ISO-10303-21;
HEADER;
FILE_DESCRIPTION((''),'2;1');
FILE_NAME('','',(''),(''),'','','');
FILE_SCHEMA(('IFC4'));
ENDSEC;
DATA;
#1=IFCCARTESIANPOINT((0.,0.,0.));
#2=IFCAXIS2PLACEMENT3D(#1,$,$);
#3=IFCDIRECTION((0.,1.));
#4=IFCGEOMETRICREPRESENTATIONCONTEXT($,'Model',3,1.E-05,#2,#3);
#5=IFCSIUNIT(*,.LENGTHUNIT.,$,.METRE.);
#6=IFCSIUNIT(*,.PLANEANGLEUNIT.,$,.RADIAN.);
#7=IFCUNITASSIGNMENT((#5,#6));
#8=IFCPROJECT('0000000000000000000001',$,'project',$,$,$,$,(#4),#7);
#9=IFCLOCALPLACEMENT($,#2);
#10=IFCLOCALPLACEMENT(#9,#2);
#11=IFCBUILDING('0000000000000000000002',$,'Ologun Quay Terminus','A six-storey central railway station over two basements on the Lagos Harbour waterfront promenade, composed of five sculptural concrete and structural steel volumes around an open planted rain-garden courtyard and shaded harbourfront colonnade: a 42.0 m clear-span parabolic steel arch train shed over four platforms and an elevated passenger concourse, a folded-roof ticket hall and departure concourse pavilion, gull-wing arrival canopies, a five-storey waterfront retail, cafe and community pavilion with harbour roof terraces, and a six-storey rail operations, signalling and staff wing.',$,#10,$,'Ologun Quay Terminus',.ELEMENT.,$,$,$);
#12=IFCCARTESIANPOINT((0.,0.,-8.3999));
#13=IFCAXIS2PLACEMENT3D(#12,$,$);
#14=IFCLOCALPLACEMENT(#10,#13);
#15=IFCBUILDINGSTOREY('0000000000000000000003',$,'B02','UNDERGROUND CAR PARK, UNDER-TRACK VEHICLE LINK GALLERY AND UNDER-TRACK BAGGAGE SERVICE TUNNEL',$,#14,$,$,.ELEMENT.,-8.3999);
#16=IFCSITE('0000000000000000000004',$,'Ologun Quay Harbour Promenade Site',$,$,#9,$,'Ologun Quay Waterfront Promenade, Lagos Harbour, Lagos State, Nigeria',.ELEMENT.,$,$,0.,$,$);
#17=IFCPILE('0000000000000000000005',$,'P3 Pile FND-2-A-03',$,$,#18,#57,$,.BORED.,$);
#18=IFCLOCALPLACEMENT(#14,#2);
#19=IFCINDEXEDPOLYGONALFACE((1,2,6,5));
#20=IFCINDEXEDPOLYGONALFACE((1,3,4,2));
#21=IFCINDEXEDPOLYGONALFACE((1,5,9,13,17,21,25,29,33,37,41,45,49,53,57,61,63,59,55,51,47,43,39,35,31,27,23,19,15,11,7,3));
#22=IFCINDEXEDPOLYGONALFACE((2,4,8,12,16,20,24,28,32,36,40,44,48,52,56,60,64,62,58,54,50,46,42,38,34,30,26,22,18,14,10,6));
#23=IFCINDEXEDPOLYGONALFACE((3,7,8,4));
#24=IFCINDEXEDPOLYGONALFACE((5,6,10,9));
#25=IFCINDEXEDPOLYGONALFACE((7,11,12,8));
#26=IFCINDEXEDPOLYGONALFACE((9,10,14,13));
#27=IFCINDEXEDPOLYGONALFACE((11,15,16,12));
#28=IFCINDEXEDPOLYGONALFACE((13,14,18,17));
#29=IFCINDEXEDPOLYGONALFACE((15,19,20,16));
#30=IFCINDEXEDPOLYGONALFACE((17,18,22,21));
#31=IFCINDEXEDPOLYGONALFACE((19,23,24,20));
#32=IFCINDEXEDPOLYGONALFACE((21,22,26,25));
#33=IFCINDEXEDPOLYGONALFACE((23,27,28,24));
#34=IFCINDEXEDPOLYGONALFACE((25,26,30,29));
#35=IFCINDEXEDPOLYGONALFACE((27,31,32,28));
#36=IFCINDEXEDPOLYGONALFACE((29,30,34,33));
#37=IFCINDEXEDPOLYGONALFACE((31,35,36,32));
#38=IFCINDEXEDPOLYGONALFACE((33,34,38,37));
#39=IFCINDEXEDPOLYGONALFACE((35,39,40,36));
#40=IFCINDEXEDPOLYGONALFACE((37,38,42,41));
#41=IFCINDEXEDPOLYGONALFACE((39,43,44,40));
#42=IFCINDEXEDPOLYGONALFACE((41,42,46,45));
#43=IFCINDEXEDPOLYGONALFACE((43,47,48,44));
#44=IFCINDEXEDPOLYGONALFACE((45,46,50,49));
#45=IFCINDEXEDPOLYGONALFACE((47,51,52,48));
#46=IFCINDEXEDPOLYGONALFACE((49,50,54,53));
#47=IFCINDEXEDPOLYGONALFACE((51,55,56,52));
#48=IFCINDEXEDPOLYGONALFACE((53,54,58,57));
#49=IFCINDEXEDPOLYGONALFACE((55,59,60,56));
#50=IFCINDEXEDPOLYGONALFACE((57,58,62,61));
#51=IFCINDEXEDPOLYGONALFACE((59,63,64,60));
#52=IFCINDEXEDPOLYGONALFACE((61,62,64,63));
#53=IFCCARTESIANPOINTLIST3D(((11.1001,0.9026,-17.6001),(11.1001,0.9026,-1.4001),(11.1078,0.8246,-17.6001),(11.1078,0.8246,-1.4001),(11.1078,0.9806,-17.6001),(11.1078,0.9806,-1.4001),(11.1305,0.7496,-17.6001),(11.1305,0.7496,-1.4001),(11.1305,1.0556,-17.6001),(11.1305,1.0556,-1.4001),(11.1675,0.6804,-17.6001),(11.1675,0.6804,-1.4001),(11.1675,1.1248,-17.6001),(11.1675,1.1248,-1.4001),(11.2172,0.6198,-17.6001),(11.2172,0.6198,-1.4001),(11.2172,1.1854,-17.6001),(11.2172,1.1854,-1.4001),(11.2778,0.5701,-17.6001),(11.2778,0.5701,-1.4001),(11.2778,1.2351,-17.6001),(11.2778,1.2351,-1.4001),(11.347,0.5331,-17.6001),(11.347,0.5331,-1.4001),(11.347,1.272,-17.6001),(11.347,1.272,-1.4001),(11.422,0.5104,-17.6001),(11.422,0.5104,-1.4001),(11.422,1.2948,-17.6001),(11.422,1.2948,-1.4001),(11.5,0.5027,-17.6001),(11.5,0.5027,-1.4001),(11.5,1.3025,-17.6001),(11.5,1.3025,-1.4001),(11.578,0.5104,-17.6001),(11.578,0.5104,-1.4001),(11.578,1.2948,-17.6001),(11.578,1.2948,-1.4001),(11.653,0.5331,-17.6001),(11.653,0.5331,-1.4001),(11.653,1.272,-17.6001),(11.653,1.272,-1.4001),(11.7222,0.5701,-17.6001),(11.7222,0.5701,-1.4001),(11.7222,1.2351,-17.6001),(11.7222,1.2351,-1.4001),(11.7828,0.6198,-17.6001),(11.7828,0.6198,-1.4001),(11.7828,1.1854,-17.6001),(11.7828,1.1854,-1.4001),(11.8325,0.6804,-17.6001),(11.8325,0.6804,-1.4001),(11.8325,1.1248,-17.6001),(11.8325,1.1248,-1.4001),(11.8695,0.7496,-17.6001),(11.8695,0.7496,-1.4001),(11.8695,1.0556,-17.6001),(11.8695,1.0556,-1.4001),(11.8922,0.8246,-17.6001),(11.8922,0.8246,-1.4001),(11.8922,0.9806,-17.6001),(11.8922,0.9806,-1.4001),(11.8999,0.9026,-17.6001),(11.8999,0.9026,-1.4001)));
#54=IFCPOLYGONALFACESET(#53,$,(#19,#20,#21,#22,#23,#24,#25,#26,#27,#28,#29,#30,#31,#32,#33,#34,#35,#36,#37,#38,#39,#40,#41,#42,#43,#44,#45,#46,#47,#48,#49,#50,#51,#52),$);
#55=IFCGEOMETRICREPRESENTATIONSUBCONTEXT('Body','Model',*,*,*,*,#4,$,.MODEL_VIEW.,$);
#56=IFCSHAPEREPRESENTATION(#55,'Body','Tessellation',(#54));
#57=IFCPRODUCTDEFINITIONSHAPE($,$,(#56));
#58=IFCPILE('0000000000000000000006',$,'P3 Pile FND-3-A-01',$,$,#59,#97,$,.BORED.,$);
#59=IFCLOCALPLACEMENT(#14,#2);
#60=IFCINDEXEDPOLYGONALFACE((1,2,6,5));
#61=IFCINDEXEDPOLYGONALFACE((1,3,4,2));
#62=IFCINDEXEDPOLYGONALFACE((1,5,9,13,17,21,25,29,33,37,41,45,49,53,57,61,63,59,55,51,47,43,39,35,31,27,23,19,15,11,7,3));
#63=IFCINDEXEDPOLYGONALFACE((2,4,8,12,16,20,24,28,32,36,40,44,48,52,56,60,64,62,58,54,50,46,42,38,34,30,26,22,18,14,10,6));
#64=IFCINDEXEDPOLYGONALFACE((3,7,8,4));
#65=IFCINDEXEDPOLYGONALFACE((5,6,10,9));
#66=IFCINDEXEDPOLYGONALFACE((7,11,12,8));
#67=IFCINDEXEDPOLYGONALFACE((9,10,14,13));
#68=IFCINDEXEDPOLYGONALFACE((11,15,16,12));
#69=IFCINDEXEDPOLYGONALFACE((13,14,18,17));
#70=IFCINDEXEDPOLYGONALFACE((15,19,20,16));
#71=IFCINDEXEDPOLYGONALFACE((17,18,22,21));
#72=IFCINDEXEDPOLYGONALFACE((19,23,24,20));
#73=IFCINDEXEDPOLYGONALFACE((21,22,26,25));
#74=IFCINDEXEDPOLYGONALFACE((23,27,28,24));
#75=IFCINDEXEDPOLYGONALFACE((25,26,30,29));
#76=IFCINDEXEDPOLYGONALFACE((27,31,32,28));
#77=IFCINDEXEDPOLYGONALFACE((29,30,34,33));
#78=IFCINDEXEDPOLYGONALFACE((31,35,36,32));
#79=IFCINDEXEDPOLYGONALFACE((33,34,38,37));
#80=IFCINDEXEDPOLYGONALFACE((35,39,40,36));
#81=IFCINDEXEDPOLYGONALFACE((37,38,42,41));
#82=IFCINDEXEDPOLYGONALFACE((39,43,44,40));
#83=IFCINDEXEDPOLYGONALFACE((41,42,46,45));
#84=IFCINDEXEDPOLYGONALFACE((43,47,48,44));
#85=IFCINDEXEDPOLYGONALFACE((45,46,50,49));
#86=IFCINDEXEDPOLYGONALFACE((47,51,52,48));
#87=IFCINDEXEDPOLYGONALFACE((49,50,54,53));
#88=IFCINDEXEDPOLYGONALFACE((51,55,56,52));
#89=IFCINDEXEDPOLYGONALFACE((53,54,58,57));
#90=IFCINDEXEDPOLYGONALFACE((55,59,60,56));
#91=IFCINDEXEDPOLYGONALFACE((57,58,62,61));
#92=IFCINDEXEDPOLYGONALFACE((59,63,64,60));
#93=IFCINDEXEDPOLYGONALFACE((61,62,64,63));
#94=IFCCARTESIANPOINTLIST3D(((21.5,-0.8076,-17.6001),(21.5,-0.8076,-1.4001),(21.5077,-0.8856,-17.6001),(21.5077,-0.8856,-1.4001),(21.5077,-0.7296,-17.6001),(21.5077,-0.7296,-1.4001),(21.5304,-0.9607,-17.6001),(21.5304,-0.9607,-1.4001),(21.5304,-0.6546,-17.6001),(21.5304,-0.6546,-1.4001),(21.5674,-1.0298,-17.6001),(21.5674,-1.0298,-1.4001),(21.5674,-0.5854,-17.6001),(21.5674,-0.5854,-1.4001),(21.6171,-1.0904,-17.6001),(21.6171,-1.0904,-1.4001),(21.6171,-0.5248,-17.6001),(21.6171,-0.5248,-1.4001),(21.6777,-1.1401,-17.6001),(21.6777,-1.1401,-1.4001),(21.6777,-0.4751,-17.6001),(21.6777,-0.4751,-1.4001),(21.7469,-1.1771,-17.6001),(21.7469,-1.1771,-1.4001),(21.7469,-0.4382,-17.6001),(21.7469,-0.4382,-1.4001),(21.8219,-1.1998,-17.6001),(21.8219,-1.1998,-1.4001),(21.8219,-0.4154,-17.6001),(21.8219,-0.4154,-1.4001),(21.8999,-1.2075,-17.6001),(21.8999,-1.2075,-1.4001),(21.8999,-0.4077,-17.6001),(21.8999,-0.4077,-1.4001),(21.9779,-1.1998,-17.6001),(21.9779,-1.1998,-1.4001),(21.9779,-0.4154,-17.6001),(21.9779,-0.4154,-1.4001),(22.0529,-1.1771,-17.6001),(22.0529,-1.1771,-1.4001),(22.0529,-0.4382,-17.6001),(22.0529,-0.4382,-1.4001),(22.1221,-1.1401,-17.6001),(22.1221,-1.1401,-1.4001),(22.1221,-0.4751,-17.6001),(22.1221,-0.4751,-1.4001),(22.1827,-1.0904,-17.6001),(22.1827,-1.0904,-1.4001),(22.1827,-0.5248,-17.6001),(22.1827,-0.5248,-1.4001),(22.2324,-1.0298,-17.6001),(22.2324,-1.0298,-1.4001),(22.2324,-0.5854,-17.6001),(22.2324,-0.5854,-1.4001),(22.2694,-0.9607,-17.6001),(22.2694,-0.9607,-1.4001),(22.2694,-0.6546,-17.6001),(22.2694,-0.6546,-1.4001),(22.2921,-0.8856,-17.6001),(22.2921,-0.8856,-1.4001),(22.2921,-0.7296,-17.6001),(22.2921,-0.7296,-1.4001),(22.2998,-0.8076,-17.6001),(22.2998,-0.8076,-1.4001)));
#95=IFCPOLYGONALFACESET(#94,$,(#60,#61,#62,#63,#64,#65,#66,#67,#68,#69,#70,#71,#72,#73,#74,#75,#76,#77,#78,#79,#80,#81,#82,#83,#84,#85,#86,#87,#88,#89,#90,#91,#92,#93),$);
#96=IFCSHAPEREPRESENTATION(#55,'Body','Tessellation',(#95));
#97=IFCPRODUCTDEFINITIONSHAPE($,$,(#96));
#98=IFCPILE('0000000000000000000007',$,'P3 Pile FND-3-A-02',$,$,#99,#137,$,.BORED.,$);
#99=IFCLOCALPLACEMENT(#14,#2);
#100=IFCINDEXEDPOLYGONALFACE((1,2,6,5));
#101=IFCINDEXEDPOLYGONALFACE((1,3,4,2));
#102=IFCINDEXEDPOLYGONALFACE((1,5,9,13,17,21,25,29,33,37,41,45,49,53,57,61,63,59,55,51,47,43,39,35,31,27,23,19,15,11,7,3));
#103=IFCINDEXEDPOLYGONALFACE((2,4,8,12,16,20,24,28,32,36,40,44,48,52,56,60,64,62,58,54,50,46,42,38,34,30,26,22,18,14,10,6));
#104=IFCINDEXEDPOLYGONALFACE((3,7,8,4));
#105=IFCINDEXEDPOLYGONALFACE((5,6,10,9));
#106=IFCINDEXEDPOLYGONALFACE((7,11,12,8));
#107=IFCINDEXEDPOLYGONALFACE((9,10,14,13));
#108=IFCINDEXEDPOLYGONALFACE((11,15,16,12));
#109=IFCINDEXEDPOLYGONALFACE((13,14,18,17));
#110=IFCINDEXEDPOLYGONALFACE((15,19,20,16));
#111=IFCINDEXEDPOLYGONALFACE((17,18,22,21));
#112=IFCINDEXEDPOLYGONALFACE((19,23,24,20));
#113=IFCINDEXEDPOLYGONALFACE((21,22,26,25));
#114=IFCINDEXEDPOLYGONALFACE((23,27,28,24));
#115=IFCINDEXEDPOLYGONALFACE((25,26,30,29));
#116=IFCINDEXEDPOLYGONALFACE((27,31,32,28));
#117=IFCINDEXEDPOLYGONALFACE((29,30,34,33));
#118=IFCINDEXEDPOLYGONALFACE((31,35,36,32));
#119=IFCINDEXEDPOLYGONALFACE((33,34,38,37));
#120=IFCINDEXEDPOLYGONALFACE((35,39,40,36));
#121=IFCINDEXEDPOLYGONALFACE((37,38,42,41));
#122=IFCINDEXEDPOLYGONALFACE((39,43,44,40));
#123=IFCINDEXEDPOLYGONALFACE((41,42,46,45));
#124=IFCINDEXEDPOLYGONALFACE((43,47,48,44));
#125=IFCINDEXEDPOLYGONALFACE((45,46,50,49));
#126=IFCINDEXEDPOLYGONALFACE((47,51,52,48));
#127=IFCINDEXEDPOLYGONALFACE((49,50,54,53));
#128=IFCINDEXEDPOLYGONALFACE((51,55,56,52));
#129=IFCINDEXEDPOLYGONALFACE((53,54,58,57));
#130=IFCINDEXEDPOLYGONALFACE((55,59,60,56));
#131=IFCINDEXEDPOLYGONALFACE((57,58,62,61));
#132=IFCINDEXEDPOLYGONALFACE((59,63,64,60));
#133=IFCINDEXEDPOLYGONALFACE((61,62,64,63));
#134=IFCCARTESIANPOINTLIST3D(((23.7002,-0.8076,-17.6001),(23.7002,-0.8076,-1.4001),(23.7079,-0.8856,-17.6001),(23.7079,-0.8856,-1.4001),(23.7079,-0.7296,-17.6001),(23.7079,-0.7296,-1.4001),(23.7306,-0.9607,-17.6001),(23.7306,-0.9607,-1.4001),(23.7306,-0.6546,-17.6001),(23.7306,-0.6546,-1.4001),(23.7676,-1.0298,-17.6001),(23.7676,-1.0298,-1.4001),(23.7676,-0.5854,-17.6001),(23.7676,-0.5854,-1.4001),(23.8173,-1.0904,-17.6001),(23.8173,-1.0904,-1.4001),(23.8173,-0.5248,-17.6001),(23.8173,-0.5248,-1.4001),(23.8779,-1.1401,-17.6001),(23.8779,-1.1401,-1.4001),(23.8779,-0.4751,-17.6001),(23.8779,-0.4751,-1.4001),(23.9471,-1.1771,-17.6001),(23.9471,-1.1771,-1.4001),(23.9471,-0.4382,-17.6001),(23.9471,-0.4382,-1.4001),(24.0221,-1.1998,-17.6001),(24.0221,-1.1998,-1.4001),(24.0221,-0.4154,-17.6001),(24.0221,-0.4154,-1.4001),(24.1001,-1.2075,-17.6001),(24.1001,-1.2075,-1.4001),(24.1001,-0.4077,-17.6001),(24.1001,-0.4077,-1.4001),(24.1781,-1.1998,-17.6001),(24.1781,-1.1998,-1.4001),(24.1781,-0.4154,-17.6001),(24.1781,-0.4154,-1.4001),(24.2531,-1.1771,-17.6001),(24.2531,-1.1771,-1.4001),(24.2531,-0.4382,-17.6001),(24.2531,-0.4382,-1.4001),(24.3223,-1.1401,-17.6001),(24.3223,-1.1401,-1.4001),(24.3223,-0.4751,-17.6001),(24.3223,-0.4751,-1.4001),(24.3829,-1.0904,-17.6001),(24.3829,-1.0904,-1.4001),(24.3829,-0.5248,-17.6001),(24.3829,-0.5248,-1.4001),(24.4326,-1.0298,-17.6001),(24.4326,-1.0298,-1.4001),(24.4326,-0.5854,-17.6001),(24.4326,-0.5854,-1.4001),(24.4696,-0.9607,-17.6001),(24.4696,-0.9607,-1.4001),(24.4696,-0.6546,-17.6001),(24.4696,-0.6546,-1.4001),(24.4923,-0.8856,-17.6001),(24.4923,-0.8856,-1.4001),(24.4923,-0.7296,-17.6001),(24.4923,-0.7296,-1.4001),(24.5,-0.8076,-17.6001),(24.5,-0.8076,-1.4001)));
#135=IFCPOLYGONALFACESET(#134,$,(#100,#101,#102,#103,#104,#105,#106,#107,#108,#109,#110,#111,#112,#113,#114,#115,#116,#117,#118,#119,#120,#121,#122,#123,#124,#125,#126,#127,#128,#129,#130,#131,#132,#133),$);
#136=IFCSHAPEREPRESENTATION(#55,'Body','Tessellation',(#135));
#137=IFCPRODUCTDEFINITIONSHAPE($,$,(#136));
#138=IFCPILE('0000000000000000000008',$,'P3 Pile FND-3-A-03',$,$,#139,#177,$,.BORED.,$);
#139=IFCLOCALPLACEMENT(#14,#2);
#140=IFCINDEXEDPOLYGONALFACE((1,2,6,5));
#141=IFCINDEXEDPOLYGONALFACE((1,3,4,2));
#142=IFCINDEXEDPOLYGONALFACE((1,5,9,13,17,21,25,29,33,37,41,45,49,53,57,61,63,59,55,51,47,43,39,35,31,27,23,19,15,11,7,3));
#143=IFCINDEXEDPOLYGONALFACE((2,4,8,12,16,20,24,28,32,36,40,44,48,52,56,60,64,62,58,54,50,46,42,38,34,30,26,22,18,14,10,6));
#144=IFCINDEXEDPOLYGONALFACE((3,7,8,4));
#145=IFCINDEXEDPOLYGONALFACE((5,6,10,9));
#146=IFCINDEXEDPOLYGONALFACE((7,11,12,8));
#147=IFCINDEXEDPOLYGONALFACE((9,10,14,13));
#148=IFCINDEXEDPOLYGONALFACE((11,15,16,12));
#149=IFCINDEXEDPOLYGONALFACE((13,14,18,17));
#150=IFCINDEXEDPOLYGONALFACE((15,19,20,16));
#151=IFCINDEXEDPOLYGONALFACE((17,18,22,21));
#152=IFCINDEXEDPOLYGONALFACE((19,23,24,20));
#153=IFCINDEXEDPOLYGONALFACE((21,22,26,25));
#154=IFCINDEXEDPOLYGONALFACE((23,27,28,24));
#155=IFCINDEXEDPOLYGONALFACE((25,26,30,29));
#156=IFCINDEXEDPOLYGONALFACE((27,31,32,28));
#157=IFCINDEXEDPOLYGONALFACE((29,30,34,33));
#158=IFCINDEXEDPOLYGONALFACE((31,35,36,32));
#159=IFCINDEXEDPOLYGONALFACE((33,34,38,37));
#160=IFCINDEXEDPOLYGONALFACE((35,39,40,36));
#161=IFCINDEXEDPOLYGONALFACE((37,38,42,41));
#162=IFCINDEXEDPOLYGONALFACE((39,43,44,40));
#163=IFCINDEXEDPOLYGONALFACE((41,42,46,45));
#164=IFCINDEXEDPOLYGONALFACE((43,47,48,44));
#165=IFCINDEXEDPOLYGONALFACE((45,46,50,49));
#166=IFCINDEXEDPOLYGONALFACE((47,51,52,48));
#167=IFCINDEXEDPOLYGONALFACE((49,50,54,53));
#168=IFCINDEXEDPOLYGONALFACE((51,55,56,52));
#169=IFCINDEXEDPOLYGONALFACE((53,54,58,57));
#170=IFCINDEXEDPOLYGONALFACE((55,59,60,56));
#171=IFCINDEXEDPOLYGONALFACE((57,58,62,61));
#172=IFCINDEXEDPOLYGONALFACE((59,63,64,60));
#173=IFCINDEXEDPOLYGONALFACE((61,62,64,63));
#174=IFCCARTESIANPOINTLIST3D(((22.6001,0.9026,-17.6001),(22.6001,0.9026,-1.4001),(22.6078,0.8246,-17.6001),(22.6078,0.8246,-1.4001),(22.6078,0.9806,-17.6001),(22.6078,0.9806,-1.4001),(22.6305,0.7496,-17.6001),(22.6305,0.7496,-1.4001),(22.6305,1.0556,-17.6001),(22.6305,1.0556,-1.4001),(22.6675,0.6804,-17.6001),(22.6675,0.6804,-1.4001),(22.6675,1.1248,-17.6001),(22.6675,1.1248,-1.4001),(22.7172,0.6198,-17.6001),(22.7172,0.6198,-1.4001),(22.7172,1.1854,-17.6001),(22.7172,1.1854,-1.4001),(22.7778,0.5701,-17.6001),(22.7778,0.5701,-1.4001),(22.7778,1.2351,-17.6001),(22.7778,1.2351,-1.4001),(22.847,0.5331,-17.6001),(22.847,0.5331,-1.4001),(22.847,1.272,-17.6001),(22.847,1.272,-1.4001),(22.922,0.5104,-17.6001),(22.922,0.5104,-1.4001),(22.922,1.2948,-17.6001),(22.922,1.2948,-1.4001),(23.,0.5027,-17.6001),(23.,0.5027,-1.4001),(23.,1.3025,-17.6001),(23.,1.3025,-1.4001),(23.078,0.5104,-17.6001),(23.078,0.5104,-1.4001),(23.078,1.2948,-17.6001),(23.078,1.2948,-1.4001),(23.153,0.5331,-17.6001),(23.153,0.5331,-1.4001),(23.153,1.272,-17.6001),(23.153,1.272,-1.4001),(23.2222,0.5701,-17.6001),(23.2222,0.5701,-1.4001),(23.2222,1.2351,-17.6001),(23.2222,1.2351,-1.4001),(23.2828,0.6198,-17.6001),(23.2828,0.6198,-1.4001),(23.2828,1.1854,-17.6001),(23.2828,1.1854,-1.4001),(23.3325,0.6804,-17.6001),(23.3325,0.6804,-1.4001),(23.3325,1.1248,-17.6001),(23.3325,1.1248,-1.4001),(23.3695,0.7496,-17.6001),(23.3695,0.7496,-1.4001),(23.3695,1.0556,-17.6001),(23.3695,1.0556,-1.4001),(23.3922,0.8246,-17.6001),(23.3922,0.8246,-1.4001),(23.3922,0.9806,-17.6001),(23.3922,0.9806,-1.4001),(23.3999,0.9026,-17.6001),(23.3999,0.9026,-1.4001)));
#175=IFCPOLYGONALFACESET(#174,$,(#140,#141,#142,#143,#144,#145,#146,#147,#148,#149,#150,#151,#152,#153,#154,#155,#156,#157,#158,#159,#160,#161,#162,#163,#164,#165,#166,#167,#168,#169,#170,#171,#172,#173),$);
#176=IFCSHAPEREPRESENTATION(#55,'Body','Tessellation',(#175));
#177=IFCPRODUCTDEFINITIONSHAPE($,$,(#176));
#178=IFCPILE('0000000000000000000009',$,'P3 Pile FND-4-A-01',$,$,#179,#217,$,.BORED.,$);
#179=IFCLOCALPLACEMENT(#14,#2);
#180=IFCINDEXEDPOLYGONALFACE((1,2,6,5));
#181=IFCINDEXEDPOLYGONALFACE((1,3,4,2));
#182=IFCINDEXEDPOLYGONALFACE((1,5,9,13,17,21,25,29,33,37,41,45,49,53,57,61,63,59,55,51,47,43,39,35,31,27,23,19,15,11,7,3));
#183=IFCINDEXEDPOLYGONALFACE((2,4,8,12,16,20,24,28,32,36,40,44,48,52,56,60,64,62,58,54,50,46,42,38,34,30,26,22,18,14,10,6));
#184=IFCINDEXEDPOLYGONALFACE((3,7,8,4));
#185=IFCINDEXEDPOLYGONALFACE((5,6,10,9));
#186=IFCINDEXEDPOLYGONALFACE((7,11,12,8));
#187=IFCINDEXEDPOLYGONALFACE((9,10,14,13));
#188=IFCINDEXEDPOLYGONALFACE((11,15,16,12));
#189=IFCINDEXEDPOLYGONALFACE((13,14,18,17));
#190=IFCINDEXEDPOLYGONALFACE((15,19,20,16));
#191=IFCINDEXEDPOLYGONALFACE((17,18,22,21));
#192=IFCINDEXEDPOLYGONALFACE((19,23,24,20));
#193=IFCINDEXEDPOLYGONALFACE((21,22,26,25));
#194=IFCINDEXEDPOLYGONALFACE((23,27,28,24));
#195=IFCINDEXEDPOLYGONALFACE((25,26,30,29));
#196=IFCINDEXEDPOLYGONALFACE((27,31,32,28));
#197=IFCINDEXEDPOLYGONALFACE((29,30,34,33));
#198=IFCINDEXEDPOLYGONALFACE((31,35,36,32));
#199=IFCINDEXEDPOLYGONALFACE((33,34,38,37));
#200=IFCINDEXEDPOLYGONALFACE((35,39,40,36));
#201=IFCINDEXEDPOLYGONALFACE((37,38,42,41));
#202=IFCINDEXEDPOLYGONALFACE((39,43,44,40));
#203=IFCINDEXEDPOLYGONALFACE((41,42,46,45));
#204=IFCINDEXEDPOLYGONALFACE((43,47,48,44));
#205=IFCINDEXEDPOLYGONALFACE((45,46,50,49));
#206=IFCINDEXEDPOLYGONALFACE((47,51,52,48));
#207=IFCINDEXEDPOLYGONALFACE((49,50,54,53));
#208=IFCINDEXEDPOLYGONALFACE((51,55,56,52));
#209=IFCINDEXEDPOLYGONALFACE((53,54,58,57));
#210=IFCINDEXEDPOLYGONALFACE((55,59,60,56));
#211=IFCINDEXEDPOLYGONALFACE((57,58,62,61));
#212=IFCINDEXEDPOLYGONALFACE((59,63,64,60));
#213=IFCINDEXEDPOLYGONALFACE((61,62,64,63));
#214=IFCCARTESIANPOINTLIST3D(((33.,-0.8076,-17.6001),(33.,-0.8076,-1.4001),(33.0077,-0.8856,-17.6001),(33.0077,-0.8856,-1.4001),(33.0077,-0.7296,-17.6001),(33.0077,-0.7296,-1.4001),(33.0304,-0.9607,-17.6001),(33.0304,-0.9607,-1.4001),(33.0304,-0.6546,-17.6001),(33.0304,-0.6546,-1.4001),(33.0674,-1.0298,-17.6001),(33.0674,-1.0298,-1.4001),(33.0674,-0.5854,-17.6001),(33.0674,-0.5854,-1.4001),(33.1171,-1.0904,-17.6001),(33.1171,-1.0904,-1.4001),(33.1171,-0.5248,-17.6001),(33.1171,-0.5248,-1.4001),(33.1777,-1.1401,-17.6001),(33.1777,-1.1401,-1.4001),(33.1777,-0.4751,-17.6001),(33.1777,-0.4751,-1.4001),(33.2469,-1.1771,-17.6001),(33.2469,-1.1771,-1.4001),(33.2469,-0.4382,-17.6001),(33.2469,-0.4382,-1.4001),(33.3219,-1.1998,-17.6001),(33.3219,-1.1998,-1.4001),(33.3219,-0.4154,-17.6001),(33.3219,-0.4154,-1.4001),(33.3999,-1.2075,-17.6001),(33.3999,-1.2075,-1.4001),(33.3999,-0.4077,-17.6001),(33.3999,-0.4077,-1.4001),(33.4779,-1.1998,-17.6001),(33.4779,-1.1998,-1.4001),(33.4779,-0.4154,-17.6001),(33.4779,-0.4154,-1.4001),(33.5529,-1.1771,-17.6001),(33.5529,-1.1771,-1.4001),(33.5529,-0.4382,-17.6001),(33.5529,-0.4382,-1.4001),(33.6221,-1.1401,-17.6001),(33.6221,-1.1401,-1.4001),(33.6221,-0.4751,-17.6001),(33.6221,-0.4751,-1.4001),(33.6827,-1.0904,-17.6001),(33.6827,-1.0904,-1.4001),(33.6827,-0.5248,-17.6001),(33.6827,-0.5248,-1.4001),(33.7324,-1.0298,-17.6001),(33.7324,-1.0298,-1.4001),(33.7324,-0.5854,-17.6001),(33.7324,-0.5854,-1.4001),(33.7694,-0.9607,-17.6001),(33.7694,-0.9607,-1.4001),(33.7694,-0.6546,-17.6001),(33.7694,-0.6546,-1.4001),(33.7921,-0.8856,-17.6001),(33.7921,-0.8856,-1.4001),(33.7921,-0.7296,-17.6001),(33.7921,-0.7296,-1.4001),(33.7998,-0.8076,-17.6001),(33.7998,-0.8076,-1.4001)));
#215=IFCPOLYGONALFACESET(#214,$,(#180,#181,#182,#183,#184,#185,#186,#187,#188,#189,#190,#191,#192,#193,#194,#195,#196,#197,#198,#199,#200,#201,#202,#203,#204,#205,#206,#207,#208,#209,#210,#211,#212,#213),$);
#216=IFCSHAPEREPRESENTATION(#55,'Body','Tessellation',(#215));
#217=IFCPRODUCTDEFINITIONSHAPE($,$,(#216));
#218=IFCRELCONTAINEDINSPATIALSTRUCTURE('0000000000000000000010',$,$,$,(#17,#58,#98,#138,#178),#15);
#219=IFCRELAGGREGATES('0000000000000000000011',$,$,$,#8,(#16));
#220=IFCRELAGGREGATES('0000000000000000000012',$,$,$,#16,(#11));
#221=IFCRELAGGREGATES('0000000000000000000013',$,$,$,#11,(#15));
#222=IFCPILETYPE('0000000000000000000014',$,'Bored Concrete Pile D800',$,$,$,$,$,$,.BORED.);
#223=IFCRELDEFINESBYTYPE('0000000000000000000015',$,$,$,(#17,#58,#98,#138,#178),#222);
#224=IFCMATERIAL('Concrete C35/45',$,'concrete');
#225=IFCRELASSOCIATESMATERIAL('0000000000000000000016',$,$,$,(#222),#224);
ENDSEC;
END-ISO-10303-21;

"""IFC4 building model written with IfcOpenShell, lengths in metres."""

from ifc_helpers import new_model, si_unit, direction, frame, origin, origin_2d, place, context, subcontext, project, spatial, circle, extrude, material, material_profile, profile_set, type_object, element, save


model = new_model("IFC4")

# Units and contexts
model_context = context("Model", 3, precision=1e-05, world=origin(), true_north=direction((0.0, 1.0)))
body_context = subcontext(model_context, "Body", "Model", "MODEL_VIEW")
ifc_project = project(units=[si_unit("LENGTHUNIT", "METRE"), si_unit("PLANEANGLEUNIT", "RADIAN")], contexts=[model_context])

# Site, building, storey
site_placement = place(None, origin())
site = spatial("IfcSite", under=ifc_project, at=site_placement, Name="Ologun Quay Harbour Promenade Site", LongName="Ologun Quay Waterfront Promenade, Lagos Harbour, Lagos State, Nigeria", CompositionType="ELEMENT", RefElevation=0.0)
building_placement = place(site_placement, origin())
building = spatial("IfcBuilding", under=site, at=building_placement, Name="Ologun Quay Terminus", Description="A six-storey central railway station over two basements on the Lagos Harbour waterfront promenade, composed of five sculptural concrete and structural steel volumes around an open planted rain-garden courtyard and shaded harbourfront colonnade: a 42.0 m clear-span parabolic steel arch train shed over four platforms and an elevated passenger concourse, a folded-roof ticket hall and departure concourse pavilion, gull-wing arrival canopies, a five-storey waterfront retail, cafe and community pavilion with harbour roof terraces, and a six-storey rail operations, signalling and staff wing.", LongName="Ologun Quay Terminus", CompositionType="ELEMENT")
storey_placement = place(building_placement, frame((0.0, 0.0, -8.3999)))
storey = spatial("IfcBuildingStorey", under=building, at=storey_placement, Name="B02", Description="UNDERGROUND CAR PARK, UNDER-TRACK VEHICLE LINK GALLERY AND UNDER-TRACK BAGGAGE SERVICE TUNNEL", CompositionType="ELEMENT", Elevation=-8.3999)

# Piles
ifc_material_1 = material(Name="Concrete C35/45", Category="concrete")
ifc_material_profile_1 = material_profile(ifc_material_1, circle(Radius=0.3999, at=origin_2d()), Name="PILE D800")
ifc_profile_set_1 = profile_set([ifc_material_profile_1], Name="Concrete C35/45")
pile_type_1 = type_object("IfcPileType", Name="Bored Concrete Pile D800", PredefinedType="BORED", material=ifc_profile_set_1)
for number, where, z_axis, x_axis, name in (
    (1, (11.5, 0.9026, -1.4001), (0.0, 0.0, -1.0), (1.0, 0.0, 0.0), "P3 Pile FND-2-A-03"),
    (2, (21.8999, -0.8076, -1.4001), (0.0, 0.0, -1.0), (1.0, 0.0, 0.0), "P3 Pile FND-3-A-01"),
    (3, (24.1001, -0.8076, -1.4001), (0.0, 0.0, -1.0), (1.0, 0.0, 0.0), "P3 Pile FND-3-A-02"),
    (4, (23.0, 0.9026, -1.4001), (0.0, 0.0, -1.0), (1.0, 0.0, 0.0), "P3 Pile FND-3-A-03"),
    (5, (33.3999, -0.8076, -1.4001), (0.0, 0.0, -1.0), (1.0, 0.0, 0.0), "P3 Pile FND-4-A-01"),
):
    element("IfcPile", number, at=place(storey_placement, frame(where, z_axis=z_axis, x_axis=x_axis)), inside=storey, type_object=pile_type_1, Name=name, PredefinedType="BORED", context=body_context, shape_type="SweptSolid", body=[
        extrude(circle(Radius=0.3999, at=origin_2d()), origin(), (0.0, 0.0, 1.0), 16.2),
    ])

save(model, "model.ifc")
